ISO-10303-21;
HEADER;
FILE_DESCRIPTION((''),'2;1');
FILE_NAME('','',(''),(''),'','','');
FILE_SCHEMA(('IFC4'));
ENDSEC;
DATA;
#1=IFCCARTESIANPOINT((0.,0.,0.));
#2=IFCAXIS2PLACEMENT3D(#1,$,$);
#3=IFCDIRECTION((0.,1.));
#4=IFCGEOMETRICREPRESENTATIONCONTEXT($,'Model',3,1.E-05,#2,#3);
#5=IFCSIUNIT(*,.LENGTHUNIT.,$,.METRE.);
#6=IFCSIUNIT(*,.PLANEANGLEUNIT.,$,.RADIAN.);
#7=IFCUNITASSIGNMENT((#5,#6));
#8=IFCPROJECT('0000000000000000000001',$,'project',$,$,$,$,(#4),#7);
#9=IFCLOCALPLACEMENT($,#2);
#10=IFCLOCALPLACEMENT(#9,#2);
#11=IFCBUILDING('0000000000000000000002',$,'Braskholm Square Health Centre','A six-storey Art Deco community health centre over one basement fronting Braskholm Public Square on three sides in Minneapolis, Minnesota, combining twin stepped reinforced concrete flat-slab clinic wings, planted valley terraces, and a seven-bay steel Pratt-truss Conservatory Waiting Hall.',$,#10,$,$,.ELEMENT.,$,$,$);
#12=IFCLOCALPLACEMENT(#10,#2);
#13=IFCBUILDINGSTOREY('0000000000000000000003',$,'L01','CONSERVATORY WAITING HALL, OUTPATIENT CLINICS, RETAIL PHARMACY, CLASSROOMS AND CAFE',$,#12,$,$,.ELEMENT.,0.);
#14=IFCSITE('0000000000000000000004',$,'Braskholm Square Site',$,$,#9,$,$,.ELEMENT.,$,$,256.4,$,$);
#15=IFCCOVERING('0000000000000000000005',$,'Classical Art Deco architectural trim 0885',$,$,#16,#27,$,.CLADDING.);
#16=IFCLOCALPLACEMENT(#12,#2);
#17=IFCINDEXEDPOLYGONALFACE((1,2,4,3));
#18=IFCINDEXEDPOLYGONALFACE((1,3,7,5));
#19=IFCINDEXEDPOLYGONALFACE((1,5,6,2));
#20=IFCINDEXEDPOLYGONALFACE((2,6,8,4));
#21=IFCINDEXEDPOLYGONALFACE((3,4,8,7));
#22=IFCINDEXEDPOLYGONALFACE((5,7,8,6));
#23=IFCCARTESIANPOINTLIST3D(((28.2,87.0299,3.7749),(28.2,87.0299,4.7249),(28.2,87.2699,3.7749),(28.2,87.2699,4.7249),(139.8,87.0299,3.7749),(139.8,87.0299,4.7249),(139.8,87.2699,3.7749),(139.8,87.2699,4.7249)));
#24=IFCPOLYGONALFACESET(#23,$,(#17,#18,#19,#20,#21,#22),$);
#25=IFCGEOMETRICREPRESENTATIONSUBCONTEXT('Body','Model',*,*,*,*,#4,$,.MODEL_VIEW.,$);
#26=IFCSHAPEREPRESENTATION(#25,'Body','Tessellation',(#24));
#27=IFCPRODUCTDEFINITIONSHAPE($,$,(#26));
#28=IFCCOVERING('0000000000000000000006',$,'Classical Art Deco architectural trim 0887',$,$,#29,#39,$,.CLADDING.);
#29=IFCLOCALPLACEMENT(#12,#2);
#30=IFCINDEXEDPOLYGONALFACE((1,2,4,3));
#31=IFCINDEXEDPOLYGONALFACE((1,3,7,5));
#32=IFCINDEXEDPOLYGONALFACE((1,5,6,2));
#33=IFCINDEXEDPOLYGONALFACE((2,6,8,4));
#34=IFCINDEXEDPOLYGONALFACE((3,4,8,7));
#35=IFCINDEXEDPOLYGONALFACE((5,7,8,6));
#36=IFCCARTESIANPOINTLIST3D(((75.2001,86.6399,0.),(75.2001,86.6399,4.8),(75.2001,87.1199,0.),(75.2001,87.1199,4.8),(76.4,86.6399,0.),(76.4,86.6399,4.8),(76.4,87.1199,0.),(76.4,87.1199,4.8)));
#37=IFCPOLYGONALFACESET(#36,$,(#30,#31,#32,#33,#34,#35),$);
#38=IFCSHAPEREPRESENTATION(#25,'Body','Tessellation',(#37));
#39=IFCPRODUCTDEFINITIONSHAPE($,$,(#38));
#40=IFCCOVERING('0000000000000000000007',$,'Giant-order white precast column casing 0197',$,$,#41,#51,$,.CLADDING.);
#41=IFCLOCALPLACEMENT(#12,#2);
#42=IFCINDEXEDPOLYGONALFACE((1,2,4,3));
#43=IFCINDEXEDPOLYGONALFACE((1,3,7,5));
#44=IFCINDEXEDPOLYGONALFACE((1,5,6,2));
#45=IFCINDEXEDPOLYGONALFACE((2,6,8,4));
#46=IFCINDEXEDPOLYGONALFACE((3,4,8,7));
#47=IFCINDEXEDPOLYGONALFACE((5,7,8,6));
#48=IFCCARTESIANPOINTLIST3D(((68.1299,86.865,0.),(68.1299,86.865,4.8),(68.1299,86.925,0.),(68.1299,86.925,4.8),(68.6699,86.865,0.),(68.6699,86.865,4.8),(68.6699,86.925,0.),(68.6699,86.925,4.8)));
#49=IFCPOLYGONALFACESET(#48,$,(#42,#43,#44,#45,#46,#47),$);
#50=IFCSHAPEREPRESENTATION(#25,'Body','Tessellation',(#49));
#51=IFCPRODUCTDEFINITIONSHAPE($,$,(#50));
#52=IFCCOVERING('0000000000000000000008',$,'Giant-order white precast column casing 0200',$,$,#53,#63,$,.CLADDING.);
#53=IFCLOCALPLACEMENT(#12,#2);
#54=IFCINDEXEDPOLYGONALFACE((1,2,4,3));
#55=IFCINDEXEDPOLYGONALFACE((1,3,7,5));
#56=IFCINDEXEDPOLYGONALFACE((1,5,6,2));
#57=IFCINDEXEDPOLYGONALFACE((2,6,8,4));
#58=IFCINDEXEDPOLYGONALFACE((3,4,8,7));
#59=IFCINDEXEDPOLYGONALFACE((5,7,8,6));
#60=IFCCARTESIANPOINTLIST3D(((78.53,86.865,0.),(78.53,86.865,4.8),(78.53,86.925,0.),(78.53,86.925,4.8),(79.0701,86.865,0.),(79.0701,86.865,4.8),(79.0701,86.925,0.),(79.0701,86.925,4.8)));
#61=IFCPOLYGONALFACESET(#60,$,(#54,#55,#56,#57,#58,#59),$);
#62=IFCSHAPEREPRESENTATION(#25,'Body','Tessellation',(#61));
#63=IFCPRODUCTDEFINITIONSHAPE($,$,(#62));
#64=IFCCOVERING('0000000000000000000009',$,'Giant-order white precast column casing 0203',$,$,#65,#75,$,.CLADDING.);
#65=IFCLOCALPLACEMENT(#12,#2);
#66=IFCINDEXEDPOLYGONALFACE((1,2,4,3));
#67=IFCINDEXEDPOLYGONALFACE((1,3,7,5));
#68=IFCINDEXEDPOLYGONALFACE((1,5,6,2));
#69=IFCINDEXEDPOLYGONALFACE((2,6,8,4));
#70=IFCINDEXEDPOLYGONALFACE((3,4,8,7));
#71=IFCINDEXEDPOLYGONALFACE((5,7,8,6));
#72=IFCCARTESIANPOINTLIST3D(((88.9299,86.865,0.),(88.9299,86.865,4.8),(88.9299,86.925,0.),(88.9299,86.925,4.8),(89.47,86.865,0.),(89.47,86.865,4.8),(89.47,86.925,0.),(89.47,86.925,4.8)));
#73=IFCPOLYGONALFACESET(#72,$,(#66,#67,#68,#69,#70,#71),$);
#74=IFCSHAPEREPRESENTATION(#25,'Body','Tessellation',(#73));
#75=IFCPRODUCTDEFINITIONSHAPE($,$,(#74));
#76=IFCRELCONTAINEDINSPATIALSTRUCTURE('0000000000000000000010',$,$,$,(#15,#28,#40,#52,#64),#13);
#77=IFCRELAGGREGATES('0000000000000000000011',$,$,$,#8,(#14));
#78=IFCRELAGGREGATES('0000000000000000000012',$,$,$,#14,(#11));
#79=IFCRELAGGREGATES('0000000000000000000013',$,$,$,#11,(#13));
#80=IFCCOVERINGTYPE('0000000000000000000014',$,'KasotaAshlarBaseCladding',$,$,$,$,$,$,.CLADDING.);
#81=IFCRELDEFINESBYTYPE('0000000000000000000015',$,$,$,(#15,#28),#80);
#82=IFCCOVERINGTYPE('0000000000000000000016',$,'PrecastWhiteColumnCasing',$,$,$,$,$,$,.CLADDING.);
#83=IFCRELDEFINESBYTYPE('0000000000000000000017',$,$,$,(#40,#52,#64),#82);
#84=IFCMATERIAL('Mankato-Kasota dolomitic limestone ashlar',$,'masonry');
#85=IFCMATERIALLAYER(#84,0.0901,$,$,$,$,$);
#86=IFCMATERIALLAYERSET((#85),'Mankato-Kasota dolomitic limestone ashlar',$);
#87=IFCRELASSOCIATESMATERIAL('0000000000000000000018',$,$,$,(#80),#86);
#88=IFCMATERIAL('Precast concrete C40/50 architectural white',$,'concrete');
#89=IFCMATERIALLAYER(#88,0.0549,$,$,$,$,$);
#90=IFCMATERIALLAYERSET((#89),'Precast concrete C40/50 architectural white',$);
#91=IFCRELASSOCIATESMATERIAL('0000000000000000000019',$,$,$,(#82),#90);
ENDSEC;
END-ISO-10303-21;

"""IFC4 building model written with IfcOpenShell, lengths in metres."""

from ifc_helpers import new_model, si_unit, direction, frame, origin, origin_2d, place, context, subcontext, project, spatial, rectangle, extrude, material, layer, layer_set, type_object, element, save


model = new_model("IFC4")

# Units and contexts
model_context = context("Model", 3, precision=1e-05, world=origin(), true_north=direction((0.0, 1.0)))
body_context = subcontext(model_context, "Body", "Model", "MODEL_VIEW")
ifc_project = project(units=[si_unit("LENGTHUNIT", "METRE"), si_unit("PLANEANGLEUNIT", "RADIAN")], contexts=[model_context])

# Site, building, storey
site_placement = place(None, origin())
site = spatial("IfcSite", under=ifc_project, at=site_placement, Name="Braskholm Square Site", CompositionType="ELEMENT", RefElevation=256.4)
building_placement = place(site_placement, origin())
building = spatial("IfcBuilding", under=site, at=building_placement, Name="Braskholm Square Health Centre", Description="A six-storey Art Deco community health centre over one basement fronting Braskholm Public Square on three sides in Minneapolis, Minnesota, combining twin stepped reinforced concrete flat-slab clinic wings, planted valley terraces, and a seven-bay steel Pratt-truss Conservatory Waiting Hall.", CompositionType="ELEMENT")
storey_placement = place(building_placement, origin())
storey = spatial("IfcBuildingStorey", under=building, at=storey_placement, Name="L01", Description="CONSERVATORY WAITING HALL, OUTPATIENT CLINICS, RETAIL PHARMACY, CLASSROOMS AND CAFE", CompositionType="ELEMENT", Elevation=0.0)

# Shared definitions
ifc_material_1 = material(Name="Precast concrete C40/50 architectural white", Category="concrete")

# Shared definitions
ifc_material_2 = material(Name="Mankato-Kasota dolomitic limestone ashlar", Category="masonry")

# Coverings
ifc_layer_1 = layer(ifc_material_2, 0.0901)
ifc_layer_set_1 = layer_set([ifc_layer_1], Name="Mankato-Kasota dolomitic limestone ashlar")
covering_type_1 = type_object("IfcCoveringType", Name="KasotaAshlarBaseCladding", PredefinedType="CLADDING", material=ifc_layer_set_1)
covering_1_placement = place(storey_placement, frame((84.0, 87.1499, 3.7749), z_axis=(0.0, 0.0, 1.0), x_axis=(1.0, 0.0, 0.0)))
element("IfcCovering", 1, at=covering_1_placement, inside=storey, type_object=covering_type_1, Name="Classical Art Deco architectural trim 0885", PredefinedType="CLADDING", context=body_context, shape_type="SweptSolid", body=[
    extrude(rectangle(XDim=111.6001, YDim=0.24, at=origin_2d()), origin(), (0.0, 0.0, 1.0), 0.95),
])
covering_2_placement = place(storey_placement, frame((75.8, 86.8799, 0.0), z_axis=(0.0, 0.0, 1.0), x_axis=(1.0, 0.0, 0.0)))
element("IfcCovering", 2, at=covering_2_placement, inside=storey, type_object=covering_type_1, Name="Classical Art Deco architectural trim 0887", PredefinedType="CLADDING", context=body_context, shape_type="SweptSolid", body=[
    extrude(rectangle(XDim=1.2, YDim=0.48, at=origin_2d()), origin(), (0.0, 0.0, 1.0), 4.8),
])
ifc_layer_2 = layer(ifc_material_1, 0.0549)
ifc_layer_set_2 = layer_set([ifc_layer_2], Name="Precast concrete C40/50 architectural white")
covering_type_2 = type_object("IfcCoveringType", Name="PrecastWhiteColumnCasing", PredefinedType="CLADDING", material=ifc_layer_set_2)
for number, where, z_axis, x_axis, name in (
    (3, (68.3999, 86.895, 0.0), (0.0, 0.0, 1.0), (1.0, 0.0, 0.0), "Giant-order white precast column casing 0197"),
    (4, (78.8, 86.895, 0.0), (0.0, 0.0, 1.0), (1.0, 0.0, 0.0), "Giant-order white precast column casing 0200"),
    (5, (89.2, 86.895, 0.0), (0.0, 0.0, 1.0), (1.0, 0.0, 0.0), "Giant-order white precast column casing 0203"),
):
    element("IfcCovering", number, at=place(storey_placement, frame(where, z_axis=z_axis, x_axis=x_axis)), inside=storey, type_object=covering_type_2, Name=name, PredefinedType="CLADDING", context=body_context, shape_type="SweptSolid", body=[
        extrude(rectangle(XDim=0.54, YDim=0.0601, at=origin_2d()), origin(), (0.0, 0.0, 1.0), 4.8),
    ])

save(model, "model.ifc")
